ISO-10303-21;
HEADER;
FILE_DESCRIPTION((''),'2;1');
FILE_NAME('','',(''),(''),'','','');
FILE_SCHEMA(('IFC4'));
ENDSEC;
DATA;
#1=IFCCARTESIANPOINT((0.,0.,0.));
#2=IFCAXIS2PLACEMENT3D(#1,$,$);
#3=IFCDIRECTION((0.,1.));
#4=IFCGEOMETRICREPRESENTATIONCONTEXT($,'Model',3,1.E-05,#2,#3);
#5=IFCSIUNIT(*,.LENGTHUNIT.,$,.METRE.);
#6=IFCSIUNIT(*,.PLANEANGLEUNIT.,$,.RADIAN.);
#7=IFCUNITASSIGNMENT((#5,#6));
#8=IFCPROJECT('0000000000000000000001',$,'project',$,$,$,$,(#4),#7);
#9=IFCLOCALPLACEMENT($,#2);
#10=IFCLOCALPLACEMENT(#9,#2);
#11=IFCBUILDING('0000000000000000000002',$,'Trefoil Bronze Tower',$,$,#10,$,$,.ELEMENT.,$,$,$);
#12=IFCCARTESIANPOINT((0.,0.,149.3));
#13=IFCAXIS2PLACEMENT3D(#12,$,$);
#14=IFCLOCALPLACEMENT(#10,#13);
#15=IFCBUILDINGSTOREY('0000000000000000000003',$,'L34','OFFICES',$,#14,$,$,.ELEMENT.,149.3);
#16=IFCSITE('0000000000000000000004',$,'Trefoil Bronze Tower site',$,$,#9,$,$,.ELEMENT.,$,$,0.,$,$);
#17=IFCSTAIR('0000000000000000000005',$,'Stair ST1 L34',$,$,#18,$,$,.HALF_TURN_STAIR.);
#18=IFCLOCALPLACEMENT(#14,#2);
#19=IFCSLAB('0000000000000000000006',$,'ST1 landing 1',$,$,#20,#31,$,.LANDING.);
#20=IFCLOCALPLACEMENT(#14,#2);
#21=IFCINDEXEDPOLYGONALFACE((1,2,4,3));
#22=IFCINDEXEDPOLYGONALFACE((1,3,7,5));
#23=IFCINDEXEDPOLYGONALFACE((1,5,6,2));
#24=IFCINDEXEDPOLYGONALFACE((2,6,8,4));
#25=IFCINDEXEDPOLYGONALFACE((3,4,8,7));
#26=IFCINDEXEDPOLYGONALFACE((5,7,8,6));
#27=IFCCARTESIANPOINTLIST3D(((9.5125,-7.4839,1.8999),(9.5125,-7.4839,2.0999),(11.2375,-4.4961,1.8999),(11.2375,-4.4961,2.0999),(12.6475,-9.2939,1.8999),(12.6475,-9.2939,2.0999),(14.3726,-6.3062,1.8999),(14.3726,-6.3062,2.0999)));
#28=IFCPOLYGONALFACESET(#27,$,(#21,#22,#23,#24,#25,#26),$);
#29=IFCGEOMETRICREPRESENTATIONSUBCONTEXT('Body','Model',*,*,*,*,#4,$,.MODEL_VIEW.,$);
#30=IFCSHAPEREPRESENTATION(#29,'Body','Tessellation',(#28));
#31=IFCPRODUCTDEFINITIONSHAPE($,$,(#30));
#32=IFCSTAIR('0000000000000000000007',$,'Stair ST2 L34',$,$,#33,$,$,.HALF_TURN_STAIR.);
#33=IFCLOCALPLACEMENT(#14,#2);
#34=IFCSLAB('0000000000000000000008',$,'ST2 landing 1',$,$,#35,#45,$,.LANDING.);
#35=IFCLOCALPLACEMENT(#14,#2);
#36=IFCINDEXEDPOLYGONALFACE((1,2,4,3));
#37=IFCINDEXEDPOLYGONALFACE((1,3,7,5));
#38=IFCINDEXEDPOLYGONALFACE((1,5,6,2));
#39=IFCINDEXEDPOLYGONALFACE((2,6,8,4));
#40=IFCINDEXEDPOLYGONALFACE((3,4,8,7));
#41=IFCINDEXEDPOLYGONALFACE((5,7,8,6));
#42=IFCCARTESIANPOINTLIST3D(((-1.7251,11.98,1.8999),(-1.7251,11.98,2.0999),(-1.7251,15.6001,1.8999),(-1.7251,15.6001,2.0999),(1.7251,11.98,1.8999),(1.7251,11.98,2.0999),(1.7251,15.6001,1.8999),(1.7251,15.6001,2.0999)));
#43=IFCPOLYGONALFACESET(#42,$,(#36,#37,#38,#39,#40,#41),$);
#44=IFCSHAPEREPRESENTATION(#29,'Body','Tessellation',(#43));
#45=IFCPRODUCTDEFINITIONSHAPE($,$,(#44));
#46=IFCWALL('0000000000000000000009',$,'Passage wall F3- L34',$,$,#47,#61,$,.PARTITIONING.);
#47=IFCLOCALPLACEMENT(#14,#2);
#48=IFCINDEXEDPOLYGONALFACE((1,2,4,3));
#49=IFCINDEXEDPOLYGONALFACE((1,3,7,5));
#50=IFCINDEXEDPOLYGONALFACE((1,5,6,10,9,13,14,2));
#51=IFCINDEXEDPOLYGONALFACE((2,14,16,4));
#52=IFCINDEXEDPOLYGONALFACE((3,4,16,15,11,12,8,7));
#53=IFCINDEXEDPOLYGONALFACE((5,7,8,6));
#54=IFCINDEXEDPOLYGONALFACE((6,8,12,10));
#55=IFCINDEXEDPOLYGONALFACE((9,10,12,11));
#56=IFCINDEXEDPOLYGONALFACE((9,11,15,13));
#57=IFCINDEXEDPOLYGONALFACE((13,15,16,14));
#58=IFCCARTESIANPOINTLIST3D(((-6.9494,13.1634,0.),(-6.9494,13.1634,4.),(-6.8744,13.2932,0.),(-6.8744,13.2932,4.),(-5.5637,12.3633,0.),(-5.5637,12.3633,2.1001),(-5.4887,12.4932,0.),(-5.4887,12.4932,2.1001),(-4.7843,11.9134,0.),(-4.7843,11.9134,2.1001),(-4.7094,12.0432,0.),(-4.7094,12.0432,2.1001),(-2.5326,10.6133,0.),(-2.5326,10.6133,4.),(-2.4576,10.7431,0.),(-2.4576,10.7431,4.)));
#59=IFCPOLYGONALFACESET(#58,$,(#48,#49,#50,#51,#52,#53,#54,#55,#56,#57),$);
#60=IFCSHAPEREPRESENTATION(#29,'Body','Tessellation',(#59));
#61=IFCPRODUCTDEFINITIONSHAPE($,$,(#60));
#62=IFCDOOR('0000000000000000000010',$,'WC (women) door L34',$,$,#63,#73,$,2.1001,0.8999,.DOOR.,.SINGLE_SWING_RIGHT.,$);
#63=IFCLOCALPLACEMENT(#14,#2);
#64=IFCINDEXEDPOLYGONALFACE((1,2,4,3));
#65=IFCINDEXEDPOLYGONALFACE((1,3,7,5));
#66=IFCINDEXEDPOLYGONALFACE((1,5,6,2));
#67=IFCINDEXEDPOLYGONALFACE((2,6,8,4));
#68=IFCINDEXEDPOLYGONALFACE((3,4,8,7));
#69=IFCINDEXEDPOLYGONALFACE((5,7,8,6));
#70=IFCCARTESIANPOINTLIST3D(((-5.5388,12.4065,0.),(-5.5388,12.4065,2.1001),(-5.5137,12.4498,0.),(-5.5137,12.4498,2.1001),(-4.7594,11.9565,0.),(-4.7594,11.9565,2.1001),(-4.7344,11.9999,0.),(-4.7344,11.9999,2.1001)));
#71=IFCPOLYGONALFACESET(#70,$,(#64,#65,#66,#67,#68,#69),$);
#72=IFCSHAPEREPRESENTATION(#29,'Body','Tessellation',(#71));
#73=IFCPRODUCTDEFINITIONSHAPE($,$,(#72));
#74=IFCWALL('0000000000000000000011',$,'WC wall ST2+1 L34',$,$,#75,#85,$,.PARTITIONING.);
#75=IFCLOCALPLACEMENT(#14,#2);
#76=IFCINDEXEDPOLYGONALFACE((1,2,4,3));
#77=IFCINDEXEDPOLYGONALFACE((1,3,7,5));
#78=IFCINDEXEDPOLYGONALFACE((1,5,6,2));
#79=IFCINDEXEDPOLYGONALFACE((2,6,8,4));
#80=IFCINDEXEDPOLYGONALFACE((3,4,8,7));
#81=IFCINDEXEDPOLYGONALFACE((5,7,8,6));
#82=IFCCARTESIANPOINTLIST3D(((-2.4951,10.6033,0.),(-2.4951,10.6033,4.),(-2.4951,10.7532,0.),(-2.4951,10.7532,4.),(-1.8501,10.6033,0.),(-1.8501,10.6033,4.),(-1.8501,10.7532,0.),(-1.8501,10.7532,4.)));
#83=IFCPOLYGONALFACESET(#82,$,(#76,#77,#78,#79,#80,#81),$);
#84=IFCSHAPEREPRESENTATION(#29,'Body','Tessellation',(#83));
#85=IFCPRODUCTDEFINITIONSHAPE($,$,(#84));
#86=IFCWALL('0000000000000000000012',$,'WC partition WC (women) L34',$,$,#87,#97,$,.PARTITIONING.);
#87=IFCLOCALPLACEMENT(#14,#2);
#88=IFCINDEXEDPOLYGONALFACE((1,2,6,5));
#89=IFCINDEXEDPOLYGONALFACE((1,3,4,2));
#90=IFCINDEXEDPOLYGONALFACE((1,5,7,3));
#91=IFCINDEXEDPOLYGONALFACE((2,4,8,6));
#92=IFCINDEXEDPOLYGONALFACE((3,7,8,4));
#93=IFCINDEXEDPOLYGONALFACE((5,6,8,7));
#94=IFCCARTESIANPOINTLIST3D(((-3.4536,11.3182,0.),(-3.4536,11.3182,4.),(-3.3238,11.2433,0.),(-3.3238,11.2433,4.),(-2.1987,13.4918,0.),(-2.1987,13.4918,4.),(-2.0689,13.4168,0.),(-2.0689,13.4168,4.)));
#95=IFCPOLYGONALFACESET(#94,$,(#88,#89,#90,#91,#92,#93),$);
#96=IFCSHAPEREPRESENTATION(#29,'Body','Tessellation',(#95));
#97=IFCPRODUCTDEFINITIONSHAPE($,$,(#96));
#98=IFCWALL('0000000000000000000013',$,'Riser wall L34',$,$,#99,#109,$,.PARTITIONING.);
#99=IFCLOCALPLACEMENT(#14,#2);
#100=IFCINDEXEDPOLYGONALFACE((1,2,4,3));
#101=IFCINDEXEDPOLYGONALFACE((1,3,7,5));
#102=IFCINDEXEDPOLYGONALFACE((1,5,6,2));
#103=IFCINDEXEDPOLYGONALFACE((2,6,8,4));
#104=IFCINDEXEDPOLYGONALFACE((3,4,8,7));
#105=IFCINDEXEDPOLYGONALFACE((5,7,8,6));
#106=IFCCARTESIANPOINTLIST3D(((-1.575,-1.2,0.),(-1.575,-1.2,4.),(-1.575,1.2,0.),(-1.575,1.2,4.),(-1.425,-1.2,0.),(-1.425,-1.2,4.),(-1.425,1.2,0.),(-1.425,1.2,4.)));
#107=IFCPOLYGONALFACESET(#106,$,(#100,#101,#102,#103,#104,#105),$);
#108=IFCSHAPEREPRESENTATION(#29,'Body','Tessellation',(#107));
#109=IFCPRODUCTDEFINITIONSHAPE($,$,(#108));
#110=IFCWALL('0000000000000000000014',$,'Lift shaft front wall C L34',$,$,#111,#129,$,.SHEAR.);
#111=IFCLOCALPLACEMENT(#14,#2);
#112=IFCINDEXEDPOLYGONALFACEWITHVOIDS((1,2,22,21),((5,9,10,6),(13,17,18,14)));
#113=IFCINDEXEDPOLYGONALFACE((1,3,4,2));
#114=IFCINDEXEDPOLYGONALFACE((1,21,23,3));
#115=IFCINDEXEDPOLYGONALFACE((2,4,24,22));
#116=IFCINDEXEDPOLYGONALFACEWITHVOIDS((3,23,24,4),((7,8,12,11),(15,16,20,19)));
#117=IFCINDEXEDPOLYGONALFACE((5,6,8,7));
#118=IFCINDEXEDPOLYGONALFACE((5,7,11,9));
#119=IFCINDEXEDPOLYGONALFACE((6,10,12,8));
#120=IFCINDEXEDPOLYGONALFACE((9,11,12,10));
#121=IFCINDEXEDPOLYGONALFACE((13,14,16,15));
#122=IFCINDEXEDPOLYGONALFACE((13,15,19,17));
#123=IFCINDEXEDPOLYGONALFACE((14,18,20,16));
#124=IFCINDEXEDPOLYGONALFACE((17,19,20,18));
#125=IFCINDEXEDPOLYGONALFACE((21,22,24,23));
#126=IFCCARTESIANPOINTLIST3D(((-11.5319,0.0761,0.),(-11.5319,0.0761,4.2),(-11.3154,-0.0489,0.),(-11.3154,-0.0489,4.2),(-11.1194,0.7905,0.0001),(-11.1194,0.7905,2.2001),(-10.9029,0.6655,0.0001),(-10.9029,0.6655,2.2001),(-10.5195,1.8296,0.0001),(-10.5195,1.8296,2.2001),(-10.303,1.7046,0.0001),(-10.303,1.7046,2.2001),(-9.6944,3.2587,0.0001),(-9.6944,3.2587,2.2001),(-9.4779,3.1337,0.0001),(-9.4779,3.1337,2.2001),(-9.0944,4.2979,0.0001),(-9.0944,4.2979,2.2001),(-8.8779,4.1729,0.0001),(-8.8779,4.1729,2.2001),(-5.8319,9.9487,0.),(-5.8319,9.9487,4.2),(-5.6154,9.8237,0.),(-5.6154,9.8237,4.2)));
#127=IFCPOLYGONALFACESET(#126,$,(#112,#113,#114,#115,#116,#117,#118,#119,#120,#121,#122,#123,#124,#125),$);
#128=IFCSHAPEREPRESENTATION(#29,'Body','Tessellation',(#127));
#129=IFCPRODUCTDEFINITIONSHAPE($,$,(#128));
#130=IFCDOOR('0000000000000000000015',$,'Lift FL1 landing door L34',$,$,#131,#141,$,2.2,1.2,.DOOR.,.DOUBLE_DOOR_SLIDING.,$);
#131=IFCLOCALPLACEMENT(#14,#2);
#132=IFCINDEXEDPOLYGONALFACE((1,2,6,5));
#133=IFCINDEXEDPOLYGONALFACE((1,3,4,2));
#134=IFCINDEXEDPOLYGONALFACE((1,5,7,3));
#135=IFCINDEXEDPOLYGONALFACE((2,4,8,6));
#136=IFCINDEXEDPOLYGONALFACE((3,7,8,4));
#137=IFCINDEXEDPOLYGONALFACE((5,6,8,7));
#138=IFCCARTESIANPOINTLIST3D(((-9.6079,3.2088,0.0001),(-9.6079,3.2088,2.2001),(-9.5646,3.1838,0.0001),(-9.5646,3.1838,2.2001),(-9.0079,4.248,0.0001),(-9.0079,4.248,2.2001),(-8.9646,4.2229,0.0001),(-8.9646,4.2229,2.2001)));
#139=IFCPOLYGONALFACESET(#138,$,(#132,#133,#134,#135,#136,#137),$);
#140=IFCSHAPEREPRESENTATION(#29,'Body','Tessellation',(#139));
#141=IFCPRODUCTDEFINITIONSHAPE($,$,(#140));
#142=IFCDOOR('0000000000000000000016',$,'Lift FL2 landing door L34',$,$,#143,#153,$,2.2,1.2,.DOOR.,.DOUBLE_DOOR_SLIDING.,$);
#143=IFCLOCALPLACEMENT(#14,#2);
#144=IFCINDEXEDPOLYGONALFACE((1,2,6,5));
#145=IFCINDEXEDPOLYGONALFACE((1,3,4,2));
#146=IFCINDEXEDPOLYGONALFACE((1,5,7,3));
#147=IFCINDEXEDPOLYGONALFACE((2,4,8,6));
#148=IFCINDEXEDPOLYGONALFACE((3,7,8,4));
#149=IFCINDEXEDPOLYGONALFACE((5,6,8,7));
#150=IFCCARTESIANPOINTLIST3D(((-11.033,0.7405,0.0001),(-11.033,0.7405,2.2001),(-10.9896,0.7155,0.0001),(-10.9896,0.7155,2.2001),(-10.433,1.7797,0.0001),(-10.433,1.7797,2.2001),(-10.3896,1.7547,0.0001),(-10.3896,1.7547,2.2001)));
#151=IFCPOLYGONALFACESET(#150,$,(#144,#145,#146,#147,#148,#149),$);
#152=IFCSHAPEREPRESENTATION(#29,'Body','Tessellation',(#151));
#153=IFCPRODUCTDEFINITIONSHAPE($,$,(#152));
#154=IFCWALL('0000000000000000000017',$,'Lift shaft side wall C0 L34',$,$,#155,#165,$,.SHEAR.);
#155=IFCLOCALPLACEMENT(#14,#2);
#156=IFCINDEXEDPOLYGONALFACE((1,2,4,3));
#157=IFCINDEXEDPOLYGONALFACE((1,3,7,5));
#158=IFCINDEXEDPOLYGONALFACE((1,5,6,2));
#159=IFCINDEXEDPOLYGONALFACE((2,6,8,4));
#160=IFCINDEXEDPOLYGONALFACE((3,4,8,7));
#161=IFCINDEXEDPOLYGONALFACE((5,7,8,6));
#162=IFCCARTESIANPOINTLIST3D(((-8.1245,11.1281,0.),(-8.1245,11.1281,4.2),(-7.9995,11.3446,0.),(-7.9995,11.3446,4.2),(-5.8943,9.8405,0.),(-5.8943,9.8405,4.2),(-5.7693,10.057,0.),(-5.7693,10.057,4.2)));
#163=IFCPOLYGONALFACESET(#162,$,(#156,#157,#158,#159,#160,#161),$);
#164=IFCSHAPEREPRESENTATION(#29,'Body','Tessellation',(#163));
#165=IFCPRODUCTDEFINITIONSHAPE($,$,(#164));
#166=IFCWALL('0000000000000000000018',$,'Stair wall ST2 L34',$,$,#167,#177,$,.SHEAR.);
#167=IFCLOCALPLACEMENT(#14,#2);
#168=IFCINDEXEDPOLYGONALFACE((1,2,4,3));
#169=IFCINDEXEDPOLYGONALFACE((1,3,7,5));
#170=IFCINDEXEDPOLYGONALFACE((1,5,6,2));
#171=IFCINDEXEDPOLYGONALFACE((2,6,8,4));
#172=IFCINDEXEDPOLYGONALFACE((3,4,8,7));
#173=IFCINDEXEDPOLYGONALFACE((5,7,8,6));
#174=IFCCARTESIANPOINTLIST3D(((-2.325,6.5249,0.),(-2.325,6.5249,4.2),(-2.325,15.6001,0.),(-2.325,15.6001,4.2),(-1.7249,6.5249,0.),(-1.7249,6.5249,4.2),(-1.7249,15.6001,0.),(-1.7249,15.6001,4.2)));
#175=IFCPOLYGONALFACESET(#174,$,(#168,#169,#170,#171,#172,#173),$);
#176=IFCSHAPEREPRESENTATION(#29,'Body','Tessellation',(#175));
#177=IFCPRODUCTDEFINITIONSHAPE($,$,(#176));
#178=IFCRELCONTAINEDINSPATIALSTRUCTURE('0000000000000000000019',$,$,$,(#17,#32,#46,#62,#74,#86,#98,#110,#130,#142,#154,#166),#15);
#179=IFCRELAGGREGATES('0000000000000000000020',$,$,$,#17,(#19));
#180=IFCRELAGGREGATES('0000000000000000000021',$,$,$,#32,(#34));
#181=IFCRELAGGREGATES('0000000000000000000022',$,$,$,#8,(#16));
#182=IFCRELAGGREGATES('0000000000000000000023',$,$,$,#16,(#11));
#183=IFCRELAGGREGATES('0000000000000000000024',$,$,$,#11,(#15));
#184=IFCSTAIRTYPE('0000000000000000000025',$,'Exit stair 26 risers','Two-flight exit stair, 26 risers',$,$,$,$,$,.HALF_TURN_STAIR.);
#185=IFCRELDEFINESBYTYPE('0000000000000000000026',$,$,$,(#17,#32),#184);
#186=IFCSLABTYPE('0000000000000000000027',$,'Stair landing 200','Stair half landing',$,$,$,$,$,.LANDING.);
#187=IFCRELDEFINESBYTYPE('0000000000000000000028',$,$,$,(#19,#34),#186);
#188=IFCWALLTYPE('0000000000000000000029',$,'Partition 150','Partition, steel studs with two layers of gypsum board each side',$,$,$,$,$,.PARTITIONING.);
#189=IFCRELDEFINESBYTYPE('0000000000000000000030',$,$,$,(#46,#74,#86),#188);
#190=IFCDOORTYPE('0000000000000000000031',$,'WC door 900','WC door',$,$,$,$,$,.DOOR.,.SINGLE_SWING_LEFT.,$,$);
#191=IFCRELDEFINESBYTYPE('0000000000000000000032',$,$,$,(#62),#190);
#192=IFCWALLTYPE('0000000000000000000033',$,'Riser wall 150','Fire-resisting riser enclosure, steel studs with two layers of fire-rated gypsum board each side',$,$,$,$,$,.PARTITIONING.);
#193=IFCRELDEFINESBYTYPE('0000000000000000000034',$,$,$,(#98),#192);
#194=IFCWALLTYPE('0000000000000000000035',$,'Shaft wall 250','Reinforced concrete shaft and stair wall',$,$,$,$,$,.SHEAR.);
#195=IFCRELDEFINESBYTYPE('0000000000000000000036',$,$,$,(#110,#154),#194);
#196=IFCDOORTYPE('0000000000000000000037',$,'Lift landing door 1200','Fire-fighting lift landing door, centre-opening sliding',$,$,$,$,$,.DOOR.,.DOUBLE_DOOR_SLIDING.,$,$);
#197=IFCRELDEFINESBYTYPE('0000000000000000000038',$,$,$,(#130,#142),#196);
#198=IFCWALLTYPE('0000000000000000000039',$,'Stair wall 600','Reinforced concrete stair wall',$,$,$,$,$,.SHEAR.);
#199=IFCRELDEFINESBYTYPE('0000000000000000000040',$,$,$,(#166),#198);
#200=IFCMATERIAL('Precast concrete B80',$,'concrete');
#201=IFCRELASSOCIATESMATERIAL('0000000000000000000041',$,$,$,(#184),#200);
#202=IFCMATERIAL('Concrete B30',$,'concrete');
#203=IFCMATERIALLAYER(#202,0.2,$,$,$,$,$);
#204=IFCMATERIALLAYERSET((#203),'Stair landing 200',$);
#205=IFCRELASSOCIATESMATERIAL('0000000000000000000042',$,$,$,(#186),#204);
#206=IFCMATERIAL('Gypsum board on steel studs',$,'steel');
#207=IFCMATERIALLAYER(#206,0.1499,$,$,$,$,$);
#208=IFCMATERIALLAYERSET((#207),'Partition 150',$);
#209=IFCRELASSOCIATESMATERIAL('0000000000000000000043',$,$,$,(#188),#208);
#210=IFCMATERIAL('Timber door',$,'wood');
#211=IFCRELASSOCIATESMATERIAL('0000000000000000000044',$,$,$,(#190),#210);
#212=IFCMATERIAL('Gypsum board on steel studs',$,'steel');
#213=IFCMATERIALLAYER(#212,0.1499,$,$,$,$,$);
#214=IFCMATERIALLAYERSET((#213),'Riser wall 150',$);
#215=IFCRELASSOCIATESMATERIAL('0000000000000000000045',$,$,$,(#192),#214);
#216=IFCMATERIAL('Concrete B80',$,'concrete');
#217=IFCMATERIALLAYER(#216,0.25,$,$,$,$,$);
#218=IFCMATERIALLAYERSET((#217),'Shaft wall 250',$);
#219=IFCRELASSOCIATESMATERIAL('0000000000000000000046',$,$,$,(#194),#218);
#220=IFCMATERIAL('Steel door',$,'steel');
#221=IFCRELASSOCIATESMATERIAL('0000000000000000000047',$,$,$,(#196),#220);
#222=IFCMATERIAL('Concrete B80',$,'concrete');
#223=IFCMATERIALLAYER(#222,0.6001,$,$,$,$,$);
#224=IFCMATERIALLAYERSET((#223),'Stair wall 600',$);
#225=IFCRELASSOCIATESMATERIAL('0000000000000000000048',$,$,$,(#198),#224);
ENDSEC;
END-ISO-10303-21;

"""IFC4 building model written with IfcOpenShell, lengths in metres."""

from ifc_helpers import new_model, si_unit, direction, frame, frame_2d, origin, place, context, subcontext, project, spatial, polyline, rectangle, outline, extrude, material, layer, layer_set, type_object, element, fill, aggregate, save


model = new_model("IFC4")

# Units and contexts
model_context = context("Model", 3, precision=1e-05, world=origin(), true_north=direction((0.0, 1.0)))
body_context = subcontext(model_context, "Body", "Model", "MODEL_VIEW")
ifc_project = project(units=[si_unit("LENGTHUNIT", "METRE"), si_unit("PLANEANGLEUNIT", "RADIAN")], contexts=[model_context])

# Site, building, storey
site_placement = place(None, origin())
site = spatial("IfcSite", under=ifc_project, at=site_placement, Name="Trefoil Bronze Tower site", CompositionType="ELEMENT", RefElevation=0.0)
building_placement = place(site_placement, origin())
building = spatial("IfcBuilding", under=site, at=building_placement, Name="Trefoil Bronze Tower", CompositionType="ELEMENT")
storey_placement = place(building_placement, frame((0.0, 0.0, 149.3)))
storey = spatial("IfcBuildingStorey", under=building, at=storey_placement, Name="L34", Description="OFFICES", CompositionType="ELEMENT", Elevation=149.3)

# Stairs, slabs
ifc_material_1 = material(Name="Precast concrete B80", Category="concrete")
stair_type = type_object("IfcStairType", Name="Exit stair 26 risers", Description="Two-flight exit stair, 26 risers", PredefinedType="HALF_TURN_STAIR", material=ifc_material_1)
stair_1_placement = place(storey_placement, origin())
stair_1 = element("IfcStair", 1, at=stair_1_placement, inside=storey, type_object=stair_type, Name="Stair ST1 L34", PredefinedType="HALF_TURN_STAIR")
ifc_material_2 = material(Name="Concrete B30", Category="concrete")
ifc_layer_1 = layer(ifc_material_2, 0.2)
ifc_layer_set_1 = layer_set([ifc_layer_1], Name="Stair landing 200")
slab_type = type_object("IfcSlabType", Name="Stair landing 200", Description="Stair half landing", PredefinedType="LANDING", material=ifc_layer_set_1)
slab_1_placement = place(storey_placement, frame((0.0, 0.0, 1.8999)))
slab_1 = element("IfcSlab", 2, at=slab_1_placement, type_object=slab_type, Name="ST1 landing 1", PredefinedType="LANDING", context=body_context, shape_type="SweptSolid", body=[
    extrude(outline(polyline([(9.5125, -7.4839), (12.6475, -9.2939), (14.3726, -6.3062), (11.2375, -4.4961), (9.5125, -7.4839)])), origin(), (0.0, 0.0, 1.0), 0.2),
])
aggregate(stair_1, [slab_1])
stair_2_placement = place(storey_placement, origin())
stair_2 = element("IfcStair", 3, at=stair_2_placement, inside=storey, type_object=stair_type, Name="Stair ST2 L34", PredefinedType="HALF_TURN_STAIR")
slab_2_placement = place(storey_placement, frame((0.0, 0.0, 1.8999)))
slab_2 = element("IfcSlab", 4, at=slab_2_placement, type_object=slab_type, Name="ST2 landing 1", PredefinedType="LANDING", context=body_context, shape_type="SweptSolid", body=[
    extrude(outline(polyline([(1.7251, 11.98), (1.7251, 15.6001), (-1.7251, 15.6001), (-1.7251, 11.98), (1.7251, 11.98)])), origin(), (0.0, 0.0, 1.0), 0.2),
])

# Wall, opening, door
ifc_material_3 = material(Name="Gypsum board on steel studs", Category="steel")
ifc_layer_2 = layer(ifc_material_3, 0.1499)
ifc_layer_set_2 = layer_set([ifc_layer_2], Name="Partition 150")
wall_type_1 = type_object("IfcWallType", Name="Partition 150", Description="Partition, steel studs with two layers of gypsum board each side", PredefinedType="PARTITIONING", material=ifc_layer_set_2)
wall_1_placement = place(storey_placement, frame((-2.4951, 10.6782, 0.0), z_axis=(0.0, 0.0, 1.0), x_axis=(-0.866022, 0.500006, 0.0)))
wall_1 = element("IfcWall", 5, at=wall_1_placement, inside=storey, type_object=wall_type_1, Name="Passage wall F3- L34", PredefinedType="PARTITIONING", context=body_context, shape_type="SweptSolid", body=[
    extrude(rectangle(XDim=5.1001, YDim=0.1499, at=frame_2d((2.55, 0.0))), origin(), (0.0, 0.0, 1.0), 4.0),
])
opening_1_placement = place(wall_1_placement, frame((2.6001, 0.0, 0.0)))
opening_1 = element("IfcOpeningElement", 6, at=opening_1_placement, cuts=wall_1, PredefinedType="OPENING", context=body_context, shape_type="SweptSolid", body=[
    extrude(rectangle(XDim=0.8999, YDim=2.1001, at=frame_2d((0.45, 1.05))), frame((0.0, 0.085, 0.0), z_axis=(0.0, -1.0, 0.0), x_axis=(1.0, 0.0, 0.0)), (0.0, 0.0, 1.0), 0.1699),
])
ifc_material_4 = material(Name="Timber door", Category="wood")
door_type_1 = type_object("IfcDoorType", Name="WC door 900", Description="WC door", OperationType="SINGLE_SWING_LEFT", PredefinedType="DOOR", material=ifc_material_4)
door_1_placement = place(opening_1_placement, frame((0.8999, 0.0, 0.0), z_axis=(0.0, 0.0, 1.0), x_axis=(-1.0, 0.0, 0.0)))
door_1 = element("IfcDoor", 7, at=door_1_placement, inside=storey, type_object=door_type_1, Name="WC (women) door L34", OperationType="SINGLE_SWING_RIGHT", OverallHeight=2.1001, OverallWidth=0.8999, PredefinedType="DOOR", context=body_context, shape_type="SweptSolid", body=[
    extrude(rectangle(XDim=0.8999, YDim=2.1001, at=frame_2d((0.45, 1.05))), frame((0.0, 0.0249, 0.0), z_axis=(0.0, -1.0, 0.0), x_axis=(1.0, 0.0, 0.0)), (0.0, 0.0, 1.0), 0.05),
])
fill(opening_1, door_1)

# Walls
wall_2_placement = place(storey_placement, frame((-2.4951, 10.6782, 0.0), z_axis=(0.0, 0.0, 1.0), x_axis=(1.0, 0.0, 0.0)))
element("IfcWall", 8, at=wall_2_placement, inside=storey, type_object=wall_type_1, Name="WC wall ST2+1 L34", PredefinedType="PARTITIONING", context=body_context, shape_type="SweptSolid", body=[
    extrude(rectangle(XDim=0.645, YDim=0.1499, at=frame_2d((0.3225, 0.0))), origin(), (0.0, 0.0, 1.0), 4.0),
])
wall_3_placement = place(storey_placement, frame((-3.3887, 11.2808, 0.0), z_axis=(0.0, 0.0, 1.0), x_axis=(0.499989, 0.866032, 0.0)))
element("IfcWall", 9, at=wall_3_placement, inside=storey, type_object=wall_type_1, Name="WC partition WC (women) L34", PredefinedType="PARTITIONING", context=body_context, shape_type="SweptSolid", body=[
    extrude(rectangle(XDim=2.5098, YDim=0.1499, at=frame_2d((1.2549, 0.0))), origin(), (0.0, 0.0, 1.0), 4.0),
])
ifc_material_5 = material(Name="Gypsum board on steel studs", Category="steel")
ifc_layer_3 = layer(ifc_material_5, 0.1499)
ifc_layer_set_3 = layer_set([ifc_layer_3], Name="Riser wall 150")
wall_type_2 = type_object("IfcWallType", Name="Riser wall 150", Description="Fire-resisting riser enclosure, steel studs with two layers of fire-rated gypsum board each side", PredefinedType="PARTITIONING", material=ifc_layer_set_3)
wall_4_placement = place(storey_placement, frame((-1.5, 1.2, 0.0), z_axis=(0.0, 0.0, 1.0), x_axis=(0.0, -1.0, 0.0)))
element("IfcWall", 10, at=wall_4_placement, inside=storey, type_object=wall_type_2, Name="Riser wall L34", PredefinedType="PARTITIONING", context=body_context, shape_type="SweptSolid", body=[
    extrude(rectangle(XDim=2.3999, YDim=0.1499, at=frame_2d((1.2, 0.0))), origin(), (0.0, 0.0, 1.0), 4.0),
])

# Wall, openings, doors
ifc_material_6 = material(Name="Concrete B80", Category="concrete")
ifc_layer_4 = layer(ifc_material_6, 0.25)
ifc_layer_set_4 = layer_set([ifc_layer_4], Name="Shaft wall 250")
wall_type_3 = type_object("IfcWallType", Name="Shaft wall 250", Description="Reinforced concrete shaft and stair wall", PredefinedType="SHEAR", material=ifc_layer_set_4)
wall_5_placement = place(storey_placement, frame((-5.7236, 9.8862, 0.0), z_axis=(0.0, 0.0, 1.0), x_axis=(-0.500002, -0.866024, 0.0)))
wall_5 = element("IfcWall", 11, at=wall_5_placement, inside=storey, type_object=wall_type_3, Name="Lift shaft front wall C L34", PredefinedType="SHEAR", context=body_context, shape_type="SweptSolid", body=[
    extrude(rectangle(XDim=11.3999, YDim=0.25, at=frame_2d((5.7, 0.0))), origin(), (0.0, 0.0, 1.0), 4.2),
])
opening_2_placement = place(wall_5_placement, frame((6.5249, 0.0, 0.0)))
opening_2 = element("IfcOpeningElement", 12, at=opening_2_placement, cuts=wall_5, PredefinedType="OPENING", context=body_context, shape_type="SweptSolid", body=[
    extrude(rectangle(XDim=1.2, YDim=2.2, at=frame_2d((0.6001, 1.1001))), frame((0.0, 0.135, 0.0), z_axis=(0.0, -1.0, 0.0), x_axis=(1.0, 0.0, 0.0)), (0.0, 0.0, 1.0), 0.27),
])
opening_3_placement = place(wall_5_placement, frame((9.375, 0.0, 0.0)))
opening_3 = element("IfcOpeningElement", 13, at=opening_3_placement, cuts=wall_5, PredefinedType="OPENING", context=body_context, shape_type="SweptSolid", body=[
    extrude(rectangle(XDim=1.2, YDim=2.2, at=frame_2d((0.6001, 1.1001))), frame((0.0, 0.135, 0.0), z_axis=(0.0, -1.0, 0.0), x_axis=(1.0, 0.0, 0.0)), (0.0, 0.0, 1.0), 0.27),
])
ifc_material_7 = material(Name="Steel door", Category="steel")
door_type_2 = type_object("IfcDoorType", Name="Lift landing door 1200", Description="Fire-fighting lift landing door, centre-opening sliding", OperationType="DOUBLE_DOOR_SLIDING", PredefinedType="DOOR", material=ifc_material_7)
door_2_placement = place(opening_2_placement, origin())
door_2 = element("IfcDoor", 14, at=door_2_placement, inside=storey, type_object=door_type_2, Name="Lift FL1 landing door L34", OperationType="DOUBLE_DOOR_SLIDING", OverallHeight=2.2, OverallWidth=1.2, PredefinedType="DOOR", context=body_context, shape_type="SweptSolid", body=[
    extrude(rectangle(XDim=1.2, YDim=2.2, at=frame_2d((0.6001, 1.1001))), frame((0.0, 0.0249, 0.0), z_axis=(0.0, -1.0, 0.0), x_axis=(1.0, 0.0, 0.0)), (0.0, 0.0, 1.0), 0.05),
])
fill(opening_2, door_2)
door_3_placement = place(opening_3_placement, origin())
door_3 = element("IfcDoor", 15, at=door_3_placement, inside=storey, type_object=door_type_2, Name="Lift FL2 landing door L34", OperationType="DOUBLE_DOOR_SLIDING", OverallHeight=2.2, OverallWidth=1.2, PredefinedType="DOOR", context=body_context, shape_type="SweptSolid", body=[
    extrude(rectangle(XDim=1.2, YDim=2.2, at=frame_2d((0.6001, 1.1001))), frame((0.0, 0.0249, 0.0), z_axis=(0.0, -1.0, 0.0), x_axis=(1.0, 0.0, 0.0)), (0.0, 0.0, 1.0), 0.05),
])
fill(opening_3, door_3)

# Walls
wall_6_placement = place(storey_placement, frame((-5.8318, 9.9487, 0.0), z_axis=(0.0, 0.0, 1.0), x_axis=(-0.866029, 0.499993, 0.0)))
element("IfcWall", 16, at=wall_6_placement, inside=storey, type_object=wall_type_3, Name="Lift shaft side wall C0 L34", PredefinedType="SHEAR", context=body_context, shape_type="SweptSolid", body=[
    extrude(rectangle(XDim=2.5752, YDim=0.25, at=frame_2d((1.2876, 0.0))), origin(), (0.0, 0.0, 1.0), 4.2),
])
ifc_material_8 = material(Name="Concrete B80", Category="concrete")
ifc_layer_5 = layer(ifc_material_8, 0.6001)
ifc_layer_set_5 = layer_set([ifc_layer_5], Name="Stair wall 600")
wall_type_4 = type_object("IfcWallType", Name="Stair wall 600", Description="Reinforced concrete stair wall", PredefinedType="SHEAR", material=ifc_layer_set_5)
wall_7_placement = place(storey_placement, frame((-2.0249, 6.5249, 0.0), z_axis=(0.0, 0.0, 1.0), x_axis=(0.0, 1.0, 0.0)))
element("IfcWall", 17, at=wall_7_placement, inside=storey, type_object=wall_type_4, Name="Stair wall ST2 L34", PredefinedType="SHEAR", context=body_context, shape_type="SweptSolid", body=[
    extrude(rectangle(XDim=9.0752, YDim=0.6001, at=frame_2d((4.5376, 0.0))), origin(), (0.0, 0.0, 1.0), 4.2),
])

aggregate(stair_2, [slab_2])

save(model, "model.ifc")
